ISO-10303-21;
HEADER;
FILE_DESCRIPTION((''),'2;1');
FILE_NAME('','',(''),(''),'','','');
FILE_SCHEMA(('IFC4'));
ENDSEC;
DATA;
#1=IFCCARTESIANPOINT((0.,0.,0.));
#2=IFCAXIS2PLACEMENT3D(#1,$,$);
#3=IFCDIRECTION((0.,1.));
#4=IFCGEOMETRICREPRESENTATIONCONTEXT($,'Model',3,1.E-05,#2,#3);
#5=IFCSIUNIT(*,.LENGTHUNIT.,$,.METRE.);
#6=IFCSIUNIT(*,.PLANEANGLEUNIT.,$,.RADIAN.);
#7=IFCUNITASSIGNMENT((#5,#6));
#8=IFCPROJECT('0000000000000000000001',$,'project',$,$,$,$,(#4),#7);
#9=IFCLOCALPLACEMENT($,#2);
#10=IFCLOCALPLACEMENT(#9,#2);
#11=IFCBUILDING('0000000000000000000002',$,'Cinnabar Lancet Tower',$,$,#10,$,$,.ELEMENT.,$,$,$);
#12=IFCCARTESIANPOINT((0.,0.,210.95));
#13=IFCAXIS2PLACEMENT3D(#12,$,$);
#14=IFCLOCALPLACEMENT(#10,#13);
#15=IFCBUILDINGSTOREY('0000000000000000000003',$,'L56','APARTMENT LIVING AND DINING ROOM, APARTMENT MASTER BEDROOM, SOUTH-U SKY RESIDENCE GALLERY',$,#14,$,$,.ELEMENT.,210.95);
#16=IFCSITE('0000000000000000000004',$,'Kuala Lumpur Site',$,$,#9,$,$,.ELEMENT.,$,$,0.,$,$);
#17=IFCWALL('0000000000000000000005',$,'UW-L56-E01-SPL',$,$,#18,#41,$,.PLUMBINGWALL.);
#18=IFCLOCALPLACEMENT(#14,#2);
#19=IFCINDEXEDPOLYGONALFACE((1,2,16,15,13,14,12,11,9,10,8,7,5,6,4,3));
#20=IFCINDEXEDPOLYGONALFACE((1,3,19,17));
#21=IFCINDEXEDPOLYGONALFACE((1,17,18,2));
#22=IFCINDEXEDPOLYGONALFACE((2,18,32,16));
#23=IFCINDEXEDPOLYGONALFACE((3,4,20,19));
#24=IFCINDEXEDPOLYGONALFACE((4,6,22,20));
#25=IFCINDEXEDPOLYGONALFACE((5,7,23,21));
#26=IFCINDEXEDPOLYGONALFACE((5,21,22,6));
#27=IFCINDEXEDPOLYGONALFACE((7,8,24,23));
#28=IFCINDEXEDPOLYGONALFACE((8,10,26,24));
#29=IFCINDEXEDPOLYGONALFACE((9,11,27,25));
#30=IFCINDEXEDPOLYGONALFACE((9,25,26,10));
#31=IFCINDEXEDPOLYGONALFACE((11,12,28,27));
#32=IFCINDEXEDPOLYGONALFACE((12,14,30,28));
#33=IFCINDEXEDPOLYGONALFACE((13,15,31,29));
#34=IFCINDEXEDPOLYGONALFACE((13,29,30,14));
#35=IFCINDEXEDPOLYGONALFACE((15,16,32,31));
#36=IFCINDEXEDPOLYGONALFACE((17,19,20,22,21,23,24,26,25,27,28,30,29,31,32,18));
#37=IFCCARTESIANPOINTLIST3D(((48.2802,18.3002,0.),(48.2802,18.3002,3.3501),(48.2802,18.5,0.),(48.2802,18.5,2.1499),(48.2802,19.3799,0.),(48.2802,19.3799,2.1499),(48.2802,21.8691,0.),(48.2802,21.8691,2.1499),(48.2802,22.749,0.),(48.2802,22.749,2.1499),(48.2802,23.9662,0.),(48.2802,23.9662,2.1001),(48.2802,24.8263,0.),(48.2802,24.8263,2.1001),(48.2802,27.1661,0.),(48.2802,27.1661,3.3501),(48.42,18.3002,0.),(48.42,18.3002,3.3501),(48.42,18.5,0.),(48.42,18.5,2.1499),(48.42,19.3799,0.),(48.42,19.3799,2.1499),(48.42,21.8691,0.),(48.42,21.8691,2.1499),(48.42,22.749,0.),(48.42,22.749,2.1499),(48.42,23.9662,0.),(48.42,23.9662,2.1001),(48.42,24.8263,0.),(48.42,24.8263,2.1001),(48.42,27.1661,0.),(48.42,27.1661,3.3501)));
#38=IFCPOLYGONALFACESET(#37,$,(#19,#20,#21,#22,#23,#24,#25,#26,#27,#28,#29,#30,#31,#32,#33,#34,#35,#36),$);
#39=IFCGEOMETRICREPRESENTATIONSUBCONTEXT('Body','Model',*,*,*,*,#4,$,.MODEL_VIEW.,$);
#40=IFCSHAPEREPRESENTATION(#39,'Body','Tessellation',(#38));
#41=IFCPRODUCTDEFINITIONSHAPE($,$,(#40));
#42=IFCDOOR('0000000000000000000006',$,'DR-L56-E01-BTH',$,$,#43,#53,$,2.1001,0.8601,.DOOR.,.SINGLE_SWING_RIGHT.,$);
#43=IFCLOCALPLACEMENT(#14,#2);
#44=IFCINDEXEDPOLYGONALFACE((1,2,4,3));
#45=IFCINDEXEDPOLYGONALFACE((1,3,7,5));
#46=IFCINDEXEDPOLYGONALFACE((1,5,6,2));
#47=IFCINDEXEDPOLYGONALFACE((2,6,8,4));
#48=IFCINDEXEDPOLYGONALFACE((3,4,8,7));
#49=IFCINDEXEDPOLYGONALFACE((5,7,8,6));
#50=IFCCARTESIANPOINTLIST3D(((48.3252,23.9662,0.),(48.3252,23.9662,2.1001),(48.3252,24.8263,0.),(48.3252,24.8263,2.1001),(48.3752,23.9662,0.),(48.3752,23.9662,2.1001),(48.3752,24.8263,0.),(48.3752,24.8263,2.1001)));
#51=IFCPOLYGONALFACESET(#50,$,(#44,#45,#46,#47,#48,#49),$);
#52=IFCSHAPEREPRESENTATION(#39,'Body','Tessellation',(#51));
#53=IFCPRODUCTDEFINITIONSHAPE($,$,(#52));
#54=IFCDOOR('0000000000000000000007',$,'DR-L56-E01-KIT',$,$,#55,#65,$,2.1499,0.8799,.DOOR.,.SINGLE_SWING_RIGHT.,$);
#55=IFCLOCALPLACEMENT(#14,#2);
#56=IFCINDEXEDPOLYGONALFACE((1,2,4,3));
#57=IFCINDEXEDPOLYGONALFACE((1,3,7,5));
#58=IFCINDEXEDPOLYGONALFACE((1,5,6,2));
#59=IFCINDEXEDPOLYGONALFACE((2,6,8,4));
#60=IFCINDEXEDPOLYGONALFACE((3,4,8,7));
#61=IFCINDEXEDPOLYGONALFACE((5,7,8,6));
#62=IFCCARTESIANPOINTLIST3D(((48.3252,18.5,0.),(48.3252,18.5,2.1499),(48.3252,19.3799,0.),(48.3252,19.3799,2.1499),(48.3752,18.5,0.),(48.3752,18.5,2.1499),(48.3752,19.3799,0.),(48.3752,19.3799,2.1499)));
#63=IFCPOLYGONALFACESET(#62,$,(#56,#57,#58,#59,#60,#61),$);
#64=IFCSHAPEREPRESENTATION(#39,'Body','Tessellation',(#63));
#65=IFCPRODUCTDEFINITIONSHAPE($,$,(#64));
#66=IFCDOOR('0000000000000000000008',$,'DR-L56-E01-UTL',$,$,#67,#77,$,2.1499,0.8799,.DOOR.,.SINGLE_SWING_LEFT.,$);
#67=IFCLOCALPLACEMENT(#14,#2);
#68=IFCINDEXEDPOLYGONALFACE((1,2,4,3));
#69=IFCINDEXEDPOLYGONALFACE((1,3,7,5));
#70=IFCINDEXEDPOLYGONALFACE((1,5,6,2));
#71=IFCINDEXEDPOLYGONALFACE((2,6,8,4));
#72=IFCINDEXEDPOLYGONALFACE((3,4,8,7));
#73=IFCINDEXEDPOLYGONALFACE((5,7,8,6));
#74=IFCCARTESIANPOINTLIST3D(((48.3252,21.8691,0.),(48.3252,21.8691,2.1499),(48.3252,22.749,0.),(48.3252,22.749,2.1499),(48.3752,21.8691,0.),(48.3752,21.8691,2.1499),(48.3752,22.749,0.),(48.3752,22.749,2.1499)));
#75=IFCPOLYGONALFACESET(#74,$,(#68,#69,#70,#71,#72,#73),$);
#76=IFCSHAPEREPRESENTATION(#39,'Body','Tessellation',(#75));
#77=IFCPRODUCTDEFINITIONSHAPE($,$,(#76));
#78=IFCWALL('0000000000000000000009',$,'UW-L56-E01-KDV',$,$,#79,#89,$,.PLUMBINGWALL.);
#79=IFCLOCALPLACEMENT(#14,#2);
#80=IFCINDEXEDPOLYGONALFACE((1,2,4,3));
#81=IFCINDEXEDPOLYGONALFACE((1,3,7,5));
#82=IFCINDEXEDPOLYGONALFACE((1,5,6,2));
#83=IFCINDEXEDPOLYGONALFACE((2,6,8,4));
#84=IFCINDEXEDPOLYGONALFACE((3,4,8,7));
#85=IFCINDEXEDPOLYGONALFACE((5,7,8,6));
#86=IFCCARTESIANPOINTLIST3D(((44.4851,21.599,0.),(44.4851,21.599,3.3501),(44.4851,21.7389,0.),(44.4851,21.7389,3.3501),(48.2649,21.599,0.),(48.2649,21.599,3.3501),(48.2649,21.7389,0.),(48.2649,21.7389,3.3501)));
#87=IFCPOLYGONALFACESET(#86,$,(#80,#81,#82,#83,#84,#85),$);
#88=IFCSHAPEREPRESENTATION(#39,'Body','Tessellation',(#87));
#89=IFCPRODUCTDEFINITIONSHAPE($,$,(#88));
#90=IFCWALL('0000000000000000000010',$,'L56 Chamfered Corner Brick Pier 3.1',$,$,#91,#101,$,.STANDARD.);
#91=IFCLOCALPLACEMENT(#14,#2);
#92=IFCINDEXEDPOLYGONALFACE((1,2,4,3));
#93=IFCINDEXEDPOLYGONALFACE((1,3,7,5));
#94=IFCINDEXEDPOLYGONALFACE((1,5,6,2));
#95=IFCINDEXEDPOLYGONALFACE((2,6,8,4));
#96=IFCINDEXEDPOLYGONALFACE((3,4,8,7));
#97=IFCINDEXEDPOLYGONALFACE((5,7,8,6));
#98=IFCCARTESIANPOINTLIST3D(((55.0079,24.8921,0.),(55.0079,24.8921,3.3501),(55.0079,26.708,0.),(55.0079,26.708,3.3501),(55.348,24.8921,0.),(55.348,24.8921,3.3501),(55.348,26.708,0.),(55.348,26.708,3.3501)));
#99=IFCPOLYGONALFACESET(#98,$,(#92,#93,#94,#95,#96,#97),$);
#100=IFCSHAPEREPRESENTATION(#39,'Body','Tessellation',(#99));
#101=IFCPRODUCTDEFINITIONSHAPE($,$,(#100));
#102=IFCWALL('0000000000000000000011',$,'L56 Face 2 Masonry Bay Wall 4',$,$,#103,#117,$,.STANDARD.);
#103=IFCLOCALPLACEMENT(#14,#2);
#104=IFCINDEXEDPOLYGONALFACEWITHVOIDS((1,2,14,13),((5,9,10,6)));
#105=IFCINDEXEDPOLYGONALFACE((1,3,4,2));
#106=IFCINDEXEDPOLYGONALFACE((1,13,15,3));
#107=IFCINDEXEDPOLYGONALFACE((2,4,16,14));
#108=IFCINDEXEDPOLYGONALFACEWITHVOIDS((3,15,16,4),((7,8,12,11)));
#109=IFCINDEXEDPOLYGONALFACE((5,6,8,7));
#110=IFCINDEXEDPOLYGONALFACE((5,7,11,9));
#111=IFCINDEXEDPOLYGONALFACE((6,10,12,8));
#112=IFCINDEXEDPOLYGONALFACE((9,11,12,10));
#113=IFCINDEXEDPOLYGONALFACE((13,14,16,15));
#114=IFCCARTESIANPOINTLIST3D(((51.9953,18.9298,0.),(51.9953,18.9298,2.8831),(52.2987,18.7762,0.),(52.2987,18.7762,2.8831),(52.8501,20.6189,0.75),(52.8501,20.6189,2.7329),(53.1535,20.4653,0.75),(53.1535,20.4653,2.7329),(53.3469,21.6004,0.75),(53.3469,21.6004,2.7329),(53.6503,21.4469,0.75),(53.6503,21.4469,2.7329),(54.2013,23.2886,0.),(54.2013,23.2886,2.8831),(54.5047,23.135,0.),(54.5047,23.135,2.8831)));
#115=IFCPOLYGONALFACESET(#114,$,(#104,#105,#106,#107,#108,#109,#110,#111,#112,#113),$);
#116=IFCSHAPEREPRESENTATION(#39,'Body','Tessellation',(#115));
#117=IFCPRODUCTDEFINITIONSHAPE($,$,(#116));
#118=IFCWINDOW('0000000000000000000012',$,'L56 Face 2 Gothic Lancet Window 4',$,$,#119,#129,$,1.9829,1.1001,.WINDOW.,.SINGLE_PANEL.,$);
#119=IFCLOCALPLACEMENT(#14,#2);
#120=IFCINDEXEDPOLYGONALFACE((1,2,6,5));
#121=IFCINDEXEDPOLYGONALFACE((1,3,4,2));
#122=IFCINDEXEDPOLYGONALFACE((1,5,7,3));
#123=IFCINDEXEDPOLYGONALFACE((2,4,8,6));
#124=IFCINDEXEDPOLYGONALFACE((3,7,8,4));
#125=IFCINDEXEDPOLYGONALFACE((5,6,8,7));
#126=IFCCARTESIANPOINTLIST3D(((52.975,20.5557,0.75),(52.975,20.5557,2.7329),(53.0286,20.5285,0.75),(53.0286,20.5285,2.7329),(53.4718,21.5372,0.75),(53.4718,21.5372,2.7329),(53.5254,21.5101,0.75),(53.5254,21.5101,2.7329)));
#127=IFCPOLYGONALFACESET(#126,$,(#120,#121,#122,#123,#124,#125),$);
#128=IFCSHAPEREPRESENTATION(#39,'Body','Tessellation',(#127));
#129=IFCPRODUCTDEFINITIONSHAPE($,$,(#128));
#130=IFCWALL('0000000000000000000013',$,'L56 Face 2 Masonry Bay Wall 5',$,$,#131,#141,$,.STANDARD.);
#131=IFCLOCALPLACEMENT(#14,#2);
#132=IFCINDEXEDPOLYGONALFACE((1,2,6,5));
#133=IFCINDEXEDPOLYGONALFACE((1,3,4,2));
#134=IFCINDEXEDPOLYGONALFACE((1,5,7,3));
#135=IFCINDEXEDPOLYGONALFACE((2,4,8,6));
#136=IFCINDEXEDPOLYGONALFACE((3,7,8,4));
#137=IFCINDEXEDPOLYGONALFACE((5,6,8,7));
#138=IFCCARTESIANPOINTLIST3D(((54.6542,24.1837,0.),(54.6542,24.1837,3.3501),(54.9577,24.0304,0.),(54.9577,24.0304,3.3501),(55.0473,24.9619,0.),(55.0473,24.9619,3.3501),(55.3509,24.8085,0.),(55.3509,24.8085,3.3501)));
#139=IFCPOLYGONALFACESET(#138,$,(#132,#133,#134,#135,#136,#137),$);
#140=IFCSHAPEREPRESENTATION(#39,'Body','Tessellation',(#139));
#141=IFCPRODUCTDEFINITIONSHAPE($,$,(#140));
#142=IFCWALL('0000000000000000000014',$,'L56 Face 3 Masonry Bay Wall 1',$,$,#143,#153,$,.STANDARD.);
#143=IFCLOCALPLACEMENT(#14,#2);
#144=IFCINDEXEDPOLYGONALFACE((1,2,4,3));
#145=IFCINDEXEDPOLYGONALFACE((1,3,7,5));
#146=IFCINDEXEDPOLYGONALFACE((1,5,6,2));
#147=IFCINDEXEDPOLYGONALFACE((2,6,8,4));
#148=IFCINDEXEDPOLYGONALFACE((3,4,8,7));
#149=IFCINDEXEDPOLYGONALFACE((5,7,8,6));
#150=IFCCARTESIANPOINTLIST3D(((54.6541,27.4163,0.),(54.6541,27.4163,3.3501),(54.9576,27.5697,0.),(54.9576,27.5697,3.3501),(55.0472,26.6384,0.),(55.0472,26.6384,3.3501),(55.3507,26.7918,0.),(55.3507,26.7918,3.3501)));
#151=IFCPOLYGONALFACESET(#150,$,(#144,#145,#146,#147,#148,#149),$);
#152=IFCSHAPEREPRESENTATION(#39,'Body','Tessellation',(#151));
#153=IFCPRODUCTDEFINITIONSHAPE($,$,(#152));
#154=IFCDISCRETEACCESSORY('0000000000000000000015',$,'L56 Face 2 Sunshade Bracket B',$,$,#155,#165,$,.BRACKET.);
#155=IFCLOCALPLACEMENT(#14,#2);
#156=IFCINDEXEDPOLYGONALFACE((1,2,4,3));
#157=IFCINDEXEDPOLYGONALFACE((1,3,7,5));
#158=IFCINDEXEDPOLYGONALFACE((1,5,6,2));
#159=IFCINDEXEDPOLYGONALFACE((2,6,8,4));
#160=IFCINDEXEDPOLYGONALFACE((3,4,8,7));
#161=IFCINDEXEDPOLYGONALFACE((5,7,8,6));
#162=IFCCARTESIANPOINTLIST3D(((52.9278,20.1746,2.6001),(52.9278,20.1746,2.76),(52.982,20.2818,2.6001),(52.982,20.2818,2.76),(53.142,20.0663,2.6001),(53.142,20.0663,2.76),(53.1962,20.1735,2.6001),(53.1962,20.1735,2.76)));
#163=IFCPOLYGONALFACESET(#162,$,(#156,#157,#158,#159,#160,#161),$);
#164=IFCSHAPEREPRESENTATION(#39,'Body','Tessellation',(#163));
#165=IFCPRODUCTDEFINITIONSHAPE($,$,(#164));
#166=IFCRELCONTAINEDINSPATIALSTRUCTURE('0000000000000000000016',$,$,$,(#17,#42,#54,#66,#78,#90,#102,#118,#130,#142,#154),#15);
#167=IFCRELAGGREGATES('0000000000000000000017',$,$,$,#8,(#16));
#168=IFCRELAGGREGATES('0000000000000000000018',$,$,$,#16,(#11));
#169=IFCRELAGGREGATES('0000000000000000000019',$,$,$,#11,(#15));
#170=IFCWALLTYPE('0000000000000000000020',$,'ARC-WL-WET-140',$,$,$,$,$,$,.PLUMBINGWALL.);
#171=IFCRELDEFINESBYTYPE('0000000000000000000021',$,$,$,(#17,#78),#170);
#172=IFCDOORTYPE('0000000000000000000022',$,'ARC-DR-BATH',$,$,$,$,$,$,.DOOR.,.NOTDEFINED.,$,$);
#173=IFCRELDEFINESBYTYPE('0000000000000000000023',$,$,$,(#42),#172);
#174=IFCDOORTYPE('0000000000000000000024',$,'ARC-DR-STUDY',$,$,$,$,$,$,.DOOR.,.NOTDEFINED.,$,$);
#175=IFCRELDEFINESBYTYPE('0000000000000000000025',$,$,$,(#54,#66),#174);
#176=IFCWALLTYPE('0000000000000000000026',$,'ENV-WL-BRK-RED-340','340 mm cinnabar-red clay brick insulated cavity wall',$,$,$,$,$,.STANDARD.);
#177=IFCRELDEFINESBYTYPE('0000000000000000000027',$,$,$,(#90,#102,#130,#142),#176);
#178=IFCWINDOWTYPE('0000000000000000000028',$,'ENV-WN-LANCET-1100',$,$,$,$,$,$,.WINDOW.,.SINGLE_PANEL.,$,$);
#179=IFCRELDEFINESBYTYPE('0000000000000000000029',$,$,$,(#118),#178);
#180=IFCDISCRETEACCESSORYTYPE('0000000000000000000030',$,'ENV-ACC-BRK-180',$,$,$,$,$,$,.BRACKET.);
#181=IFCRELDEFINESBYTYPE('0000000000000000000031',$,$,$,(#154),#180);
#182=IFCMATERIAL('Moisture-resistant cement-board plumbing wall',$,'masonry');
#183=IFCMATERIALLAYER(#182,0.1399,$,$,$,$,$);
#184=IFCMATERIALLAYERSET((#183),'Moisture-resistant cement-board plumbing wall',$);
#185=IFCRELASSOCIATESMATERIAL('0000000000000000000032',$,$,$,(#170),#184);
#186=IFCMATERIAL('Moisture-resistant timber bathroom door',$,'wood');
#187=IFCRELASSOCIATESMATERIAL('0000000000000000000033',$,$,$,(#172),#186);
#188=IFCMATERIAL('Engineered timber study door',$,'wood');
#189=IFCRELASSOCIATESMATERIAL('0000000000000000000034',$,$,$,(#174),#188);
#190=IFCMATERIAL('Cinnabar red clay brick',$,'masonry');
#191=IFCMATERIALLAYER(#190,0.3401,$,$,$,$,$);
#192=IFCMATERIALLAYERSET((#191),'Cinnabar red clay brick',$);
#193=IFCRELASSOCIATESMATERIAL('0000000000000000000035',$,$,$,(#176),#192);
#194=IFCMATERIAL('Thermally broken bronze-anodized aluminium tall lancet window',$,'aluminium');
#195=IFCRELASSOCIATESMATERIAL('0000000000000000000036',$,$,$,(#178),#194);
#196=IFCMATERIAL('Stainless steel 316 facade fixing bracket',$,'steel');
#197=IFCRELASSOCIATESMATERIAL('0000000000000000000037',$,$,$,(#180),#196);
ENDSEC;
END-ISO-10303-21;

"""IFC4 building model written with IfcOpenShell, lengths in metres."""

from ifc_helpers import new_model, si_unit, direction, frame, frame_2d, origin, origin_2d, place, context, subcontext, project, spatial, rectangle, extrude, material, layer, layer_set, type_object, element, fill, save


model = new_model("IFC4")

# Units and contexts
model_context = context("Model", 3, precision=1e-05, world=origin(), true_north=direction((0.0, 1.0)))
body_context = subcontext(model_context, "Body", "Model", "MODEL_VIEW")
ifc_project = project(units=[si_unit("LENGTHUNIT", "METRE"), si_unit("PLANEANGLEUNIT", "RADIAN")], contexts=[model_context])

# Site, building, storey
site_placement = place(None, origin())
site = spatial("IfcSite", under=ifc_project, at=site_placement, Name="Kuala Lumpur Site", CompositionType="ELEMENT", RefElevation=0.0)
building_placement = place(site_placement, origin())
building = spatial("IfcBuilding", under=site, at=building_placement, Name="Cinnabar Lancet Tower", CompositionType="ELEMENT")
storey_placement = place(building_placement, frame((0.0, 0.0, 210.95)))
storey = spatial("IfcBuildingStorey", under=building, at=storey_placement, Name="L56", Description="APARTMENT LIVING AND DINING ROOM, APARTMENT MASTER BEDROOM, SOUTH-U SKY RESIDENCE GALLERY", CompositionType="ELEMENT", Elevation=210.95)

# Wall, openings, doors
ifc_material_1 = material(Name="Moisture-resistant cement-board plumbing wall", Category="masonry")
ifc_layer_1 = layer(ifc_material_1, 0.1399)
ifc_layer_set_1 = layer_set([ifc_layer_1], Name="Moisture-resistant cement-board plumbing wall")
wall_type_1 = type_object("IfcWallType", Name="ARC-WL-WET-140", PredefinedType="PLUMBINGWALL", material=ifc_layer_set_1)
wall_1_placement = place(storey_placement, frame((48.3501, 18.3, 0.0), z_axis=(0.0, 0.0, 1.0), x_axis=(0.0, 1.0, 0.0)))
wall_1 = element("IfcWall", 1, at=wall_1_placement, inside=storey, type_object=wall_type_1, Name="UW-L56-E01-SPL", PredefinedType="PLUMBINGWALL", context=body_context, shape_type="SweptSolid", body=[
    extrude(rectangle(XDim=8.866, YDim=0.1399, at=frame_2d((4.4331, 0.0))), origin(), (0.0, 0.0, 1.0), 3.3501),
])
opening_1_placement = place(wall_1_placement, frame((0.2, 0.0, 0.0)))
opening_1 = element("IfcOpeningElement", 2, at=opening_1_placement, cuts=wall_1, PredefinedType="OPENING", context=body_context, shape_type="SweptSolid", body=[
    extrude(rectangle(XDim=0.8799, YDim=2.1499, at=frame_2d((0.4399, 1.075))), frame((0.0, 0.0798, 0.0), z_axis=(0.0, -1.0, 0.0), x_axis=(1.0, 0.0, 0.0)), (0.0, 0.0, 1.0), 0.1599),
])
opening_2_placement = place(wall_1_placement, frame((3.5691, 0.0, 0.0)))
opening_2 = element("IfcOpeningElement", 3, at=opening_2_placement, cuts=wall_1, PredefinedType="OPENING", context=body_context, shape_type="SweptSolid", body=[
    extrude(rectangle(XDim=0.8799, YDim=2.1499, at=frame_2d((0.4399, 1.075))), frame((0.0, 0.0798, 0.0), z_axis=(0.0, -1.0, 0.0), x_axis=(1.0, 0.0, 0.0)), (0.0, 0.0, 1.0), 0.1599),
])
opening_3_placement = place(wall_1_placement, frame((5.666, 0.0, 0.0)))
opening_3 = element("IfcOpeningElement", 4, at=opening_3_placement, cuts=wall_1, PredefinedType="OPENING", context=body_context, shape_type="SweptSolid", body=[
    extrude(rectangle(XDim=0.8601, YDim=2.1001, at=frame_2d((0.4302, 1.05))), frame((0.0, 0.0798, 0.0), z_axis=(0.0, -1.0, 0.0), x_axis=(1.0, 0.0, 0.0)), (0.0, 0.0, 1.0), 0.1599),
])
ifc_material_2 = material(Name="Moisture-resistant timber bathroom door", Category="wood")
door_type_1 = type_object("IfcDoorType", Name="ARC-DR-BATH", OperationType="NOTDEFINED", PredefinedType="DOOR", material=ifc_material_2)
door_1_placement = place(opening_3_placement, origin())
door_1 = element("IfcDoor", 5, at=door_1_placement, inside=storey, type_object=door_type_1, Name="DR-L56-E01-BTH", OperationType="SINGLE_SWING_RIGHT", OverallHeight=2.1001, OverallWidth=0.8601, PredefinedType="DOOR", context=body_context, shape_type="SweptSolid", body=[
    extrude(rectangle(XDim=0.8601, YDim=2.1001, at=frame_2d((0.4302, 1.05))), frame((0.0, 0.0249, 0.0), z_axis=(0.0, -1.0, 0.0), x_axis=(1.0, 0.0, 0.0)), (0.0, 0.0, 1.0), 0.05),
])
fill(opening_3, door_1)
ifc_material_3 = material(Name="Engineered timber study door", Category="wood")
door_type_2 = type_object("IfcDoorType", Name="ARC-DR-STUDY", OperationType="NOTDEFINED", PredefinedType="DOOR", material=ifc_material_3)
door_2_placement = place(opening_1_placement, origin())
door_2 = element("IfcDoor", 6, at=door_2_placement, inside=storey, type_object=door_type_2, Name="DR-L56-E01-KIT", OperationType="SINGLE_SWING_RIGHT", OverallHeight=2.1499, OverallWidth=0.8799, PredefinedType="DOOR", context=body_context, shape_type="SweptSolid", body=[
    extrude(rectangle(XDim=0.8799, YDim=2.1499, at=frame_2d((0.4399, 1.075))), frame((0.0, 0.0249, 0.0), z_axis=(0.0, -1.0, 0.0), x_axis=(1.0, 0.0, 0.0)), (0.0, 0.0, 1.0), 0.05),
])
fill(opening_1, door_2)
door_3_placement = place(opening_2_placement, origin())
door_3 = element("IfcDoor", 7, at=door_3_placement, inside=storey, type_object=door_type_2, Name="DR-L56-E01-UTL", OperationType="SINGLE_SWING_LEFT", OverallHeight=2.1499, OverallWidth=0.8799, PredefinedType="DOOR", context=body_context, shape_type="SweptSolid", body=[
    extrude(rectangle(XDim=0.8799, YDim=2.1499, at=frame_2d((0.4399, 1.075))), frame((0.0, 0.0249, 0.0), z_axis=(0.0, -1.0, 0.0), x_axis=(1.0, 0.0, 0.0)), (0.0, 0.0, 1.0), 0.05),
])
fill(opening_2, door_3)

# Walls
wall_2_placement = place(storey_placement, frame((44.4851, 21.6689, 0.0), z_axis=(0.0, 0.0, 1.0), x_axis=(1.0, 0.0, 0.0)))
element("IfcWall", 8, at=wall_2_placement, inside=storey, type_object=wall_type_1, Name="UW-L56-E01-KDV", PredefinedType="PLUMBINGWALL", context=body_context, shape_type="SweptSolid", body=[
    extrude(rectangle(XDim=3.7798, YDim=0.1399, at=frame_2d((1.8899, 0.0))), origin(), (0.0, 0.0, 1.0), 3.3501),
])
ifc_material_4 = material(Name="Cinnabar red clay brick", Category="masonry")
ifc_layer_2 = layer(ifc_material_4, 0.3401)
ifc_layer_set_2 = layer_set([ifc_layer_2], Name="Cinnabar red clay brick")
wall_type_2 = type_object("IfcWallType", Name="ENV-WL-BRK-RED-340", Description="340 mm cinnabar-red clay brick insulated cavity wall", PredefinedType="STANDARD", material=ifc_layer_set_2)
wall_3_placement = place(storey_placement, frame((55.178, 24.8921, 0.0), z_axis=(0.0, 0.0, 1.0), x_axis=(0.0, 1.0, 0.0)))
element("IfcWall", 9, at=wall_3_placement, inside=storey, type_object=wall_type_2, Name="L56 Chamfered Corner Brick Pier 3.1", PredefinedType="STANDARD", context=body_context, shape_type="SweptSolid", body=[
    extrude(rectangle(XDim=1.8159, YDim=0.3401, at=frame_2d((0.908, 0.0))), origin(), (0.0, 0.0, 1.0), 3.3501),
])

# Wall, opening, window
wall_4_placement = place(storey_placement, frame((52.147, 18.853, 0.0), z_axis=(0.0, 0.0, 1.0), x_axis=(0.451566, 0.892238, 0.0)))
wall_4 = element("IfcWall", 10, at=wall_4_placement, inside=storey, type_object=wall_type_2, Name="L56 Face 2 Masonry Bay Wall 4", PredefinedType="STANDARD", context=body_context, shape_type="SweptSolid", body=[
    extrude(rectangle(XDim=4.8853, YDim=0.3401, at=frame_2d((2.4426, 0.0))), origin(), (0.0, 0.0, 1.0), 2.8831),
])
opening_4_placement = place(wall_4_placement, frame((1.8931, 0.0, 0.75)))
opening_4 = element("IfcOpeningElement", 11, at=opening_4_placement, cuts=wall_4, PredefinedType="OPENING", context=body_context, shape_type="SweptSolid", body=[
    extrude(rectangle(XDim=1.1001, YDim=1.9829, at=frame_2d((0.55, 0.9915))), frame((0.0, 0.1799, 0.0), z_axis=(0.0, -1.0, 0.0), x_axis=(1.0, 0.0, 0.0)), (0.0, 0.0, 1.0), 0.3601),
])
ifc_material_5 = material(Name="Thermally broken bronze-anodized aluminium tall lancet window", Category="aluminium")
window_type = type_object("IfcWindowType", Name="ENV-WN-LANCET-1100", PartitioningType="SINGLE_PANEL", PredefinedType="WINDOW", material=ifc_material_5)
window_placement = place(opening_4_placement, origin())
window = element("IfcWindow", 12, at=window_placement, inside=storey, type_object=window_type, Name="L56 Face 2 Gothic Lancet Window 4", OverallHeight=1.9829, OverallWidth=1.1001, PartitioningType="SINGLE_PANEL", PredefinedType="WINDOW", context=body_context, shape_type="SweptSolid", body=[
    extrude(rectangle(XDim=1.1001, YDim=1.9829, at=frame_2d((0.55, 0.9915))), frame((0.0, 0.03, 0.0), z_axis=(0.0, -1.0, 0.0), x_axis=(1.0, 0.0, 0.0)), (0.0, 0.0, 1.0), 0.0601),
])
fill(opening_4, window)

# Walls
wall_5_placement = place(storey_placement, frame((54.8059, 24.1069, 0.0), z_axis=(0.0, 0.0, 1.0), x_axis=(0.450907, 0.892571, 0.0)))
element("IfcWall", 13, at=wall_5_placement, inside=storey, type_object=wall_type_2, Name="L56 Face 2 Masonry Bay Wall 5", PredefinedType="STANDARD", context=body_context, shape_type="SweptSolid", body=[
    extrude(rectangle(XDim=0.8718, YDim=0.3401, at=frame_2d((0.436, 0.0))), origin(), (0.0, 0.0, 1.0), 3.3501),
])
wall_6_placement = place(storey_placement, frame((55.199, 26.7151, 0.0), z_axis=(0.0, 0.0, 1.0), x_axis=(-0.451019, 0.892514, 0.0)))
element("IfcWall", 14, at=wall_6_placement, inside=storey, type_object=wall_type_2, Name="L56 Face 3 Masonry Bay Wall 1", PredefinedType="STANDARD", context=body_context, shape_type="SweptSolid", body=[
    extrude(rectangle(XDim=0.8716, YDim=0.3401, at=frame_2d((0.4358, 0.0))), origin(), (0.0, 0.0, 1.0), 3.3501),
])

# Discrete accessory
ifc_material_6 = material(Name="Stainless steel 316 facade fixing bracket", Category="steel")
discrete_accessory_type = type_object("IfcDiscreteAccessoryType", Name="ENV-ACC-BRK-180", PredefinedType="BRACKET", material=ifc_material_6)
discrete_accessory_placement = place(storey_placement, frame((53.062, 20.1741, 2.6001), z_axis=(0.0, 0.0, 1.0), x_axis=(0.451407, 0.892318, 0.0)))
element("IfcDiscreteAccessory", 15, at=discrete_accessory_placement, inside=storey, type_object=discrete_accessory_type, Name="L56 Face 2 Sunshade Bracket B", PredefinedType="BRACKET", context=body_context, shape_type="SweptSolid", body=[
    extrude(rectangle(XDim=0.1201, YDim=0.24, at=origin_2d()), origin(), (0.0, 0.0, 1.0), 0.1599),
])

save(model, "model.ifc")
